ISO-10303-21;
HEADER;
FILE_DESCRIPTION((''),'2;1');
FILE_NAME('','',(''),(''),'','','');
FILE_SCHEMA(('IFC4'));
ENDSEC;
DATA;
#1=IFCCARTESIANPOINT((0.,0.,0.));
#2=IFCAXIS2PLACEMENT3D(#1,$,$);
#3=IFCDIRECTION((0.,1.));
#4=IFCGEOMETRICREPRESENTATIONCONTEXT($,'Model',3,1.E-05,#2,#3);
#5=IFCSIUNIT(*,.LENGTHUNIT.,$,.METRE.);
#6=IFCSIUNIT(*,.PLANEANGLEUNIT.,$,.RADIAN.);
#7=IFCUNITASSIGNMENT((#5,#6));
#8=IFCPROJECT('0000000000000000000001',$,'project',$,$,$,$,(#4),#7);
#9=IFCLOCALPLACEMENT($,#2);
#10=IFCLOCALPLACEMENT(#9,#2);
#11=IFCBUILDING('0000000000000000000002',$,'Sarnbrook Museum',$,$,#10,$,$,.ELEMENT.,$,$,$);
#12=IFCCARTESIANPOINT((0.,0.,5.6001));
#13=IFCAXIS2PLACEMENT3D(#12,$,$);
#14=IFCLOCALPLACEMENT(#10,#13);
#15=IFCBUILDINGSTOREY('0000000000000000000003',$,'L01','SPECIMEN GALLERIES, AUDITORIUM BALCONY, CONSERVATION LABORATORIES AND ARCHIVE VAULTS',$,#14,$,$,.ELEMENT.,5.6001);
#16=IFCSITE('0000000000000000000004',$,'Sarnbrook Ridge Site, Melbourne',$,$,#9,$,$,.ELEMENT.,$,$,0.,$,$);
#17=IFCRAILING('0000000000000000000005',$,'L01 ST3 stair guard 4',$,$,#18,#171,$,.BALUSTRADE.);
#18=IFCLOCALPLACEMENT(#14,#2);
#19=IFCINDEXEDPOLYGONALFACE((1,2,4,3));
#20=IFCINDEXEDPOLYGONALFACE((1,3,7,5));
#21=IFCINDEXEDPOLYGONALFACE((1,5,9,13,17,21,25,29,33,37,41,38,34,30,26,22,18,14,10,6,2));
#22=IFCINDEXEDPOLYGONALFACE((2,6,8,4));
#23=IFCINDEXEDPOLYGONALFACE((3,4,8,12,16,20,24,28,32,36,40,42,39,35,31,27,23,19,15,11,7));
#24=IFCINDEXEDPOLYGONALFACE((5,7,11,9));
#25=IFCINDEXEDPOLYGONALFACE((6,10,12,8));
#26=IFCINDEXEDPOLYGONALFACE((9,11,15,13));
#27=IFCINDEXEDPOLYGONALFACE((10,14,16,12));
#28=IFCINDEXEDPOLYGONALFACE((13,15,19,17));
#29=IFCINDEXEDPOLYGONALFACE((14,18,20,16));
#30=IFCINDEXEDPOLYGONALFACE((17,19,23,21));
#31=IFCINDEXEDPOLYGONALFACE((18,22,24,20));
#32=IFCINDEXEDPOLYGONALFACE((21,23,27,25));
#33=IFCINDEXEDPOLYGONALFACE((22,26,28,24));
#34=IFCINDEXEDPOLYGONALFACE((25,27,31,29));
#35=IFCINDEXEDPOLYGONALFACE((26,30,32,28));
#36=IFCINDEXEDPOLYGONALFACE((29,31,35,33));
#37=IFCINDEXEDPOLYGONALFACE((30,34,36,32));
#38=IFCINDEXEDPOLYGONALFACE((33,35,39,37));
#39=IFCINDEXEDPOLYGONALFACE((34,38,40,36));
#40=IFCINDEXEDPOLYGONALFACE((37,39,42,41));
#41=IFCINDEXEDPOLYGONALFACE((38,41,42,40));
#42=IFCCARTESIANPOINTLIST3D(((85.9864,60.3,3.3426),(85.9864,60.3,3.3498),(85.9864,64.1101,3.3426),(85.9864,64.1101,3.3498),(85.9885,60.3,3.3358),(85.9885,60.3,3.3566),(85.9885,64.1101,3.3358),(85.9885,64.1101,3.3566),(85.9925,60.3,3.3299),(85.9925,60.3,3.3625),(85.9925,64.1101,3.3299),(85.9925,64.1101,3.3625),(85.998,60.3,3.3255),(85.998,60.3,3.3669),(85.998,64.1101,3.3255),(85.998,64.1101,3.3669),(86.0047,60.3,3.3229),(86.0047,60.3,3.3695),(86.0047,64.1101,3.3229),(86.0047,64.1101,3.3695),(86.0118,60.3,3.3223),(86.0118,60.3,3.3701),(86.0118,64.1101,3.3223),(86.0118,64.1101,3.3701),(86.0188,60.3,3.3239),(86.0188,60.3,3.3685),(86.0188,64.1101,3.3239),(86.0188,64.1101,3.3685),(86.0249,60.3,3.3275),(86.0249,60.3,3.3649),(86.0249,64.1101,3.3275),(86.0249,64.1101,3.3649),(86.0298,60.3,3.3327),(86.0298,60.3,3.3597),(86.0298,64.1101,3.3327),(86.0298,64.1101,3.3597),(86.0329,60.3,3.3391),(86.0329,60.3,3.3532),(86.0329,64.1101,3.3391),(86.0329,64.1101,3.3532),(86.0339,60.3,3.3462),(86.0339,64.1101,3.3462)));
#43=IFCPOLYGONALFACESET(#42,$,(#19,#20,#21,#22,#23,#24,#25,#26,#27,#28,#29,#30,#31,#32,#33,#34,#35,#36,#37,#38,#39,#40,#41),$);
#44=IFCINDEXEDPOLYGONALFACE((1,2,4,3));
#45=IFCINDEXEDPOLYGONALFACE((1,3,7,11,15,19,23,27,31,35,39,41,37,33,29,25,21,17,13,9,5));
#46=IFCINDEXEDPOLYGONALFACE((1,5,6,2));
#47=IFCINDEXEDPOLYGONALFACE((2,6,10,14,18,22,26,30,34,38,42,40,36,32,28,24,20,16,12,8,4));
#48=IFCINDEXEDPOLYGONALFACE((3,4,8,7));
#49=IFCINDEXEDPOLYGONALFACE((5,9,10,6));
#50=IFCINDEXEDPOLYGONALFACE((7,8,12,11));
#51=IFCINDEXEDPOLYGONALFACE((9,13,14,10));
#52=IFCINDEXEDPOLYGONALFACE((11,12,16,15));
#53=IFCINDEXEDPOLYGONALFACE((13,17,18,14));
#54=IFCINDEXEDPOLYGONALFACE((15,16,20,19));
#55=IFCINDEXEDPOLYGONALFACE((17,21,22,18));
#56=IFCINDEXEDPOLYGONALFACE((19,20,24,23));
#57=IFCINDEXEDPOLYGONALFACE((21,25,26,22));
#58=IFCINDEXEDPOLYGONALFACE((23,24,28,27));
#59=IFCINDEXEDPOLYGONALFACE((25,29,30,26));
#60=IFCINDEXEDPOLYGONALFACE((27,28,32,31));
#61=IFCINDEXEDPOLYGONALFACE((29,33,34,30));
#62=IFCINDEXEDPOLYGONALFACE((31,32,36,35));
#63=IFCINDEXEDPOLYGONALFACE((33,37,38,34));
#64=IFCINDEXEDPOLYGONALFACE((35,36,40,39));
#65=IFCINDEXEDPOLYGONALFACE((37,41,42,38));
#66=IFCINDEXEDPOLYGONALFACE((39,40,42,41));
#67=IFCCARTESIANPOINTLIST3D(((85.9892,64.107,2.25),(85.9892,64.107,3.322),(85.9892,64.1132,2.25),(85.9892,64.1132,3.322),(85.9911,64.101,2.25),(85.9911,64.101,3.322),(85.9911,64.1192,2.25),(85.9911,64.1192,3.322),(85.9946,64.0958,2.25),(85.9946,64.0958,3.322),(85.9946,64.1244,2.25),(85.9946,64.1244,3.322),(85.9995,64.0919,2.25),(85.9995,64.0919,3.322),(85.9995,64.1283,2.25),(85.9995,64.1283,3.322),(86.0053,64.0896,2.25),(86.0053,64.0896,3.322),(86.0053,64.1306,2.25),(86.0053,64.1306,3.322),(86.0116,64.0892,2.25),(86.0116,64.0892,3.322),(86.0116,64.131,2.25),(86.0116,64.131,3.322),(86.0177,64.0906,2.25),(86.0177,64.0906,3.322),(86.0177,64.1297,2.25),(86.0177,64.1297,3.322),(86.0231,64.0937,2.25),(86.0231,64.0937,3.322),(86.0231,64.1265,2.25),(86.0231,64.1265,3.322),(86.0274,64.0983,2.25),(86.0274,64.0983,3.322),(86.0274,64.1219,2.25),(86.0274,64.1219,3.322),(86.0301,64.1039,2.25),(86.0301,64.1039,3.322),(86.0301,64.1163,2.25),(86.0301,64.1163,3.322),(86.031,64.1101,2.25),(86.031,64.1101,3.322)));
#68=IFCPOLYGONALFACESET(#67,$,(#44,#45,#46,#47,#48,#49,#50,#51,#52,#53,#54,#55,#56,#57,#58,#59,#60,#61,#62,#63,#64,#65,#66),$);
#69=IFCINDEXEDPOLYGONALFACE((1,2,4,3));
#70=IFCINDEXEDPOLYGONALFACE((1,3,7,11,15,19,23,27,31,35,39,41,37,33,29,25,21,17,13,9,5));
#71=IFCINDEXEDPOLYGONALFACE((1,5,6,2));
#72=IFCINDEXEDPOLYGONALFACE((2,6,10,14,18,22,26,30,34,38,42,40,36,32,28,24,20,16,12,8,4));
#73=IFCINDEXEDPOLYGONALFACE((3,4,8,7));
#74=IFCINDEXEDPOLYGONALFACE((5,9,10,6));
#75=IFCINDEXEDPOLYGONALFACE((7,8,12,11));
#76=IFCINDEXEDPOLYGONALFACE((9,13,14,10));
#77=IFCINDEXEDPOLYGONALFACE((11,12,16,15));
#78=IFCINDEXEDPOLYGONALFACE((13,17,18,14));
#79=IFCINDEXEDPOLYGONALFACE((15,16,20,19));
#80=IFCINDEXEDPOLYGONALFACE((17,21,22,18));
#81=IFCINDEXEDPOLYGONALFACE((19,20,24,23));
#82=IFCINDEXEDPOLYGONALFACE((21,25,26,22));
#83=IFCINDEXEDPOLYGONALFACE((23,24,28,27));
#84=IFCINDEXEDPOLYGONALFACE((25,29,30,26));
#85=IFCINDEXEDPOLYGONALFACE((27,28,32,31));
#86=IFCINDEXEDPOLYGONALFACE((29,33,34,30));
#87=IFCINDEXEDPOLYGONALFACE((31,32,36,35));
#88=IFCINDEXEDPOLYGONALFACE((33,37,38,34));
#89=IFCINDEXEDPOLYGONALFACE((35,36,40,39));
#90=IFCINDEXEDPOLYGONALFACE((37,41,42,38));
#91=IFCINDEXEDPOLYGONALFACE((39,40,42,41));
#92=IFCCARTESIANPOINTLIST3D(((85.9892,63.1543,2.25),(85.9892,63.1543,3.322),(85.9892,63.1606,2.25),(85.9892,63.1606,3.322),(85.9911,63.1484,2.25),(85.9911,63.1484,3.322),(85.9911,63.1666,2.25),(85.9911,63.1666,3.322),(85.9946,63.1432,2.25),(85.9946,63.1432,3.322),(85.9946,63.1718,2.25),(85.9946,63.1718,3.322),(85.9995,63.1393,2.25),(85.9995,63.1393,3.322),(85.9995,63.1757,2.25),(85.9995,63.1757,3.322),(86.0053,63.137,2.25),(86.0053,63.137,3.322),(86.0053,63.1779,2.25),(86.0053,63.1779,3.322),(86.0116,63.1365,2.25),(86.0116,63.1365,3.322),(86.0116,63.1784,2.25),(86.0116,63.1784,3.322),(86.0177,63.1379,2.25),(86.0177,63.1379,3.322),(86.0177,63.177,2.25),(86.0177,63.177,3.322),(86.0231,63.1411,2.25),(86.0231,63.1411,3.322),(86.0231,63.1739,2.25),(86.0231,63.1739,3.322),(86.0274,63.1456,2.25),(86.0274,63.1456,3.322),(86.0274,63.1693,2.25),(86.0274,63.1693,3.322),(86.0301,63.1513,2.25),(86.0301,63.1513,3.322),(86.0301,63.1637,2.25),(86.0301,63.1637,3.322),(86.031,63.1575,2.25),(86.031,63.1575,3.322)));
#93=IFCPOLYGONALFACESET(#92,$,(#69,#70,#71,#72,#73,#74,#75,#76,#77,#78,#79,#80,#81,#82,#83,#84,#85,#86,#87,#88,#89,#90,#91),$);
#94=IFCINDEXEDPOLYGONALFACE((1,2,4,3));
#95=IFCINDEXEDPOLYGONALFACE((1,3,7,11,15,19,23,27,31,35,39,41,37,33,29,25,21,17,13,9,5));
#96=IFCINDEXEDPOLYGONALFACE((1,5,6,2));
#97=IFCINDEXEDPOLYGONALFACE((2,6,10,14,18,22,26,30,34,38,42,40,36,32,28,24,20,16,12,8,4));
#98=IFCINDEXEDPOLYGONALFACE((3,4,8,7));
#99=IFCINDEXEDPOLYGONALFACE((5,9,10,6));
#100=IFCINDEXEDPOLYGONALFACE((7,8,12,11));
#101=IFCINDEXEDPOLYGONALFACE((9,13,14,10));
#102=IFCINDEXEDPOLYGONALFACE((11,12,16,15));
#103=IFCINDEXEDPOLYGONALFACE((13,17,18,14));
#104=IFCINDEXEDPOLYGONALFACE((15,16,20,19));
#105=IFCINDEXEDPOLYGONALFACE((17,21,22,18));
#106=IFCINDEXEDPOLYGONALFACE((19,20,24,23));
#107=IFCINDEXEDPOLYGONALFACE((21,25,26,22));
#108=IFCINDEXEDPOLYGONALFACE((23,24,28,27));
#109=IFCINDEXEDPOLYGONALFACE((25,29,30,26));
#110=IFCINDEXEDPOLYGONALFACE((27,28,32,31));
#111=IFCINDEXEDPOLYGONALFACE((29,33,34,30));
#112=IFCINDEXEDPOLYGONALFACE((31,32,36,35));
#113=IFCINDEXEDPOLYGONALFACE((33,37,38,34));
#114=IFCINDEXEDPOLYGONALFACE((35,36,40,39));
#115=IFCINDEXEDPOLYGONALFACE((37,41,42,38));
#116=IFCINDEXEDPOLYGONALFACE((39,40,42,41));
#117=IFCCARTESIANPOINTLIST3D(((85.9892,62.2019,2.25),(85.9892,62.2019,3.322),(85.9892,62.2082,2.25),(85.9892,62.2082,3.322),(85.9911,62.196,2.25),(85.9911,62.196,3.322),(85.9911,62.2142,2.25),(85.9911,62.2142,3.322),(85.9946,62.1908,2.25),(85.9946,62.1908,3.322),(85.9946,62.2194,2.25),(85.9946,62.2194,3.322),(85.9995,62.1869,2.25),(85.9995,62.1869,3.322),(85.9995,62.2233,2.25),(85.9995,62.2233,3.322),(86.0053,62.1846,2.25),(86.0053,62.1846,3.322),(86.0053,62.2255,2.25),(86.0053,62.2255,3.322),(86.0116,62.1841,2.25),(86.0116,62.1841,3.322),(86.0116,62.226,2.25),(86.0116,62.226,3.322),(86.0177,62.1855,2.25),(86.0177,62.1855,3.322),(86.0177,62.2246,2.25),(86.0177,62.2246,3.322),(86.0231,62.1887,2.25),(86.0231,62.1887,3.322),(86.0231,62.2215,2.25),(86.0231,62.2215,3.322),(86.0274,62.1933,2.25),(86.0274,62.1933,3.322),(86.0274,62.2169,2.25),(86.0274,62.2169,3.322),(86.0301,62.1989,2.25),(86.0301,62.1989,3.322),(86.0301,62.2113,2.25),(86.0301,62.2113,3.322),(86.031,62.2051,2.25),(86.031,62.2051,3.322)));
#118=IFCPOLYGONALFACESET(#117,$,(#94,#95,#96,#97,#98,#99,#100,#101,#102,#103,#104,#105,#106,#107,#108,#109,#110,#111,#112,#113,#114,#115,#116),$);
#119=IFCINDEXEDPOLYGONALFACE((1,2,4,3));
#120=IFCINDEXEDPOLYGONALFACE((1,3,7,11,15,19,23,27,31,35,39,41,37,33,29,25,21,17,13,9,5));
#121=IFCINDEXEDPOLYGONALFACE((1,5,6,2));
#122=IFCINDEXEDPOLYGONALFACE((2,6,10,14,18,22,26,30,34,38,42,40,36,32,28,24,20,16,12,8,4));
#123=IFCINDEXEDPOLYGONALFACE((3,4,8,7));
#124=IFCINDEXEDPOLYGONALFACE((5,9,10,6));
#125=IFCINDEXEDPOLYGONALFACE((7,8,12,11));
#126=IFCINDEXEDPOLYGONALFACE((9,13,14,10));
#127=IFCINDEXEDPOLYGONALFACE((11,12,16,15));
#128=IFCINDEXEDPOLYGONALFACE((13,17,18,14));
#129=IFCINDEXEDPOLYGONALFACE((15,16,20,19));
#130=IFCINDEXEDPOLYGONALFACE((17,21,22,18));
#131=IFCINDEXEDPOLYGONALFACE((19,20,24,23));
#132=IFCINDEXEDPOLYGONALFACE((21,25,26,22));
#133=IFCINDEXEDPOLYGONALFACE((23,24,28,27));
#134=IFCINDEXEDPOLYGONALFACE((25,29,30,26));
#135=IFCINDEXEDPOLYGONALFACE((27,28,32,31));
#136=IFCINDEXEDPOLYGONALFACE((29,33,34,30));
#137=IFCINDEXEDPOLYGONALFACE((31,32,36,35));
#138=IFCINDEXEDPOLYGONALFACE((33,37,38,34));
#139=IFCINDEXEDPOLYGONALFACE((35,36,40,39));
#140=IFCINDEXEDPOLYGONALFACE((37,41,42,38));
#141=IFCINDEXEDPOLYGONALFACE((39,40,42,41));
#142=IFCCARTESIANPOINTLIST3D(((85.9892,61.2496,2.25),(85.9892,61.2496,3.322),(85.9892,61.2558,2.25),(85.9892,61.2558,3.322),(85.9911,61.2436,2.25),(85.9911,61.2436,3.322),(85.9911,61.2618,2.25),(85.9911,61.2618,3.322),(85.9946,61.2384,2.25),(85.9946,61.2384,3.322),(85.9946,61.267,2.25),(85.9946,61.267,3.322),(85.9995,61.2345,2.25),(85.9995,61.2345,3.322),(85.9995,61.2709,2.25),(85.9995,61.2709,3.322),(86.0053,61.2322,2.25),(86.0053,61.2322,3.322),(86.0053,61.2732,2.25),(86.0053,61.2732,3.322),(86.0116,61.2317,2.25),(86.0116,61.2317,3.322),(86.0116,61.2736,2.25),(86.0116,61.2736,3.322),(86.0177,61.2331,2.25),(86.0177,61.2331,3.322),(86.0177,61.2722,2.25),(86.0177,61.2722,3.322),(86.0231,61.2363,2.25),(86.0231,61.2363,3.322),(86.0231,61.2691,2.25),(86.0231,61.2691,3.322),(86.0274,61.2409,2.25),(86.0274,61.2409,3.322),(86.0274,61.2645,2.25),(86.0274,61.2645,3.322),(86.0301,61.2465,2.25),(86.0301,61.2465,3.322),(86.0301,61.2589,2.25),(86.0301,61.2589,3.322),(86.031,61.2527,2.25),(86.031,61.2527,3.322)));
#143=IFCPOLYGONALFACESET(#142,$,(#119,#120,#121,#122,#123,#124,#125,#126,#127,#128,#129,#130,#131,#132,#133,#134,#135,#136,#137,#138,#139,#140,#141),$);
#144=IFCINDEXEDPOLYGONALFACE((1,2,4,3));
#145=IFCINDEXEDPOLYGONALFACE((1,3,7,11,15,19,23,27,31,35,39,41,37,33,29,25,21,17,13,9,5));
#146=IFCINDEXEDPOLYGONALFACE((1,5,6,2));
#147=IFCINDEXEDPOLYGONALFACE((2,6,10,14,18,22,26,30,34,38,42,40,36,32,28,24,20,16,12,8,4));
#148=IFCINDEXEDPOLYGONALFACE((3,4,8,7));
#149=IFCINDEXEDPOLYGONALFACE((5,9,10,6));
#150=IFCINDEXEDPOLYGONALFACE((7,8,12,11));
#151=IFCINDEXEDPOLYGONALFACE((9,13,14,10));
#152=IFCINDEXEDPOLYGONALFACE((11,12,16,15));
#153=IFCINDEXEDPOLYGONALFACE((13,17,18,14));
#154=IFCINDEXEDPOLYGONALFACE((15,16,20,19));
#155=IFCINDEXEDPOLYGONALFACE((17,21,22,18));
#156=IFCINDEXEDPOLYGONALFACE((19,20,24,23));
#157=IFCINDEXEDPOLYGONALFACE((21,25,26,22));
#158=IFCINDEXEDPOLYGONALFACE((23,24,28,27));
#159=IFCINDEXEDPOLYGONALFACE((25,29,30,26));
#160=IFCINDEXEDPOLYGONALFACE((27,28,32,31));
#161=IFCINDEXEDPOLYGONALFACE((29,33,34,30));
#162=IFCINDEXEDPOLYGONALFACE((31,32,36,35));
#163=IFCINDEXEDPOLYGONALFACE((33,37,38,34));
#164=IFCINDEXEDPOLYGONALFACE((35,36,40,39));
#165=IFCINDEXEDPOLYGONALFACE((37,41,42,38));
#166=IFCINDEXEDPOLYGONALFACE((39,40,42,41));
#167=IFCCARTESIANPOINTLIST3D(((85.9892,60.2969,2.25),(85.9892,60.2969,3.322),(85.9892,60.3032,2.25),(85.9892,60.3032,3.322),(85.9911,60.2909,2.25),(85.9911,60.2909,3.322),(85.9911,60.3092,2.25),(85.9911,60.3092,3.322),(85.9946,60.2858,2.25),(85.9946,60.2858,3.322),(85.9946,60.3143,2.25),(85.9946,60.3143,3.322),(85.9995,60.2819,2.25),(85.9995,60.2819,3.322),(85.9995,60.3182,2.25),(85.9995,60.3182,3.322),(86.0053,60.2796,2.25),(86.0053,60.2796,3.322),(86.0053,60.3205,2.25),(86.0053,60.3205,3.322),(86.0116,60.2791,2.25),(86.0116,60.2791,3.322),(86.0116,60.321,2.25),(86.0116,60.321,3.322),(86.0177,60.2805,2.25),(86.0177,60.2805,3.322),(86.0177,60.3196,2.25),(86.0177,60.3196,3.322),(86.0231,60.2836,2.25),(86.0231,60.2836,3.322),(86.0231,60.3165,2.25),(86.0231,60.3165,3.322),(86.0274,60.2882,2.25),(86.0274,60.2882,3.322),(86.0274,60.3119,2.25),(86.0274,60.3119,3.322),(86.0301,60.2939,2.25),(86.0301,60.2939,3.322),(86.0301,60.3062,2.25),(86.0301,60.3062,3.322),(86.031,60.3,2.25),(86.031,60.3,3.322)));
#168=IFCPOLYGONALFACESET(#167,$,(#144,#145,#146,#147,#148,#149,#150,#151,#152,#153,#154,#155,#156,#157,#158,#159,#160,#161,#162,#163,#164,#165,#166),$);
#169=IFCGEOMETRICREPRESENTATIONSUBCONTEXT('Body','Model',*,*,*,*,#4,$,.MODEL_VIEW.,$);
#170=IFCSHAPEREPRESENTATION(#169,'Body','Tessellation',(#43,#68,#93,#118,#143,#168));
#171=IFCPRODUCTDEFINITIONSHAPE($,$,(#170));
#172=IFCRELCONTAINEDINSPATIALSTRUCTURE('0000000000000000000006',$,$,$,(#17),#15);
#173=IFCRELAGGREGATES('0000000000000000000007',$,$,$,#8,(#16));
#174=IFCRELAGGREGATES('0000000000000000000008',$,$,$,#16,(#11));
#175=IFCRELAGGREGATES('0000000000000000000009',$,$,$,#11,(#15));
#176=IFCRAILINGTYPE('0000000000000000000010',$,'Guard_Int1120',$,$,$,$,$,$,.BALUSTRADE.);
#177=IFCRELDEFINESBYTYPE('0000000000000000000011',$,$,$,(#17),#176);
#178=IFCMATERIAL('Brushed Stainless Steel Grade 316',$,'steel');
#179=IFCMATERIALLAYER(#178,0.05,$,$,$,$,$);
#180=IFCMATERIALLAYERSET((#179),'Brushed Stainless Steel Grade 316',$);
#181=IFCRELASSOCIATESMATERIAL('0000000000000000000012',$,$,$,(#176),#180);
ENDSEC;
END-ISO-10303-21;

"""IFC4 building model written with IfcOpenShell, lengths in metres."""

from ifc_helpers import new_model, si_unit, direction, frame, origin, origin_2d, place, context, subcontext, project, spatial, circle, extrude, material, layer, layer_set, type_object, element, save


model = new_model("IFC4")

# Units and contexts
model_context = context("Model", 3, precision=1e-05, world=origin(), true_north=direction((0.0, 1.0)))
body_context = subcontext(model_context, "Body", "Model", "MODEL_VIEW")
ifc_project = project(units=[si_unit("LENGTHUNIT", "METRE"), si_unit("PLANEANGLEUNIT", "RADIAN")], contexts=[model_context])

# Site, building, storey
site_placement = place(None, origin())
site = spatial("IfcSite", under=ifc_project, at=site_placement, Name="Sarnbrook Ridge Site, Melbourne", CompositionType="ELEMENT", RefElevation=0.0)
building_placement = place(site_placement, origin())
building = spatial("IfcBuilding", under=site, at=building_placement, Name="Sarnbrook Museum", CompositionType="ELEMENT")
storey_placement = place(building_placement, frame((0.0, 0.0, 5.6001)))
storey = spatial("IfcBuildingStorey", under=building, at=storey_placement, Name="L01", Description="SPECIMEN GALLERIES, AUDITORIUM BALCONY, CONSERVATION LABORATORIES AND ARCHIVE VAULTS", CompositionType="ELEMENT", Elevation=5.6001)

# Shared definitions
ifc_material_1 = material(Name="Brushed Stainless Steel Grade 316", Category="steel")

# Railing
ifc_layer_1 = layer(ifc_material_1, 0.05)
ifc_layer_set_1 = layer_set([ifc_layer_1], Name="Brushed Stainless Steel Grade 316")
railing_type_1 = type_object("IfcRailingType", Name="Guard_Int1120", PredefinedType="BALUSTRADE", material=ifc_layer_set_1)
for number, where, name in (
    (1, (86.01, 64.1101, 2.25), "L01 ST3 stair guard 4"),
):
    element("IfcRailing", number, at=place(storey_placement, frame(where)), inside=storey, type_object=railing_type_1, Name=name, PredefinedType="BALUSTRADE", context=body_context, shape_type="SweptSolid", body=[
        extrude(circle(Radius=0.0239, at=origin_2d()), frame((0.0, 0.0, 1.0962), z_axis=(0.0, -1.0, 0.0), x_axis=(1.0, 0.0, 0.0)), (0.0, 0.0, 1.0), 3.8101),
        extrude(circle(Radius=0.021, at=origin_2d()), origin(), (0.0, 0.0, 1.0), 1.072),
        extrude(circle(Radius=0.021, at=origin_2d()), frame((0.0, -0.9526, 0.0)), (0.0, 0.0, 1.0), 1.072),
        extrude(circle(Radius=0.021, at=origin_2d()), frame((0.0, -1.905, 0.0)), (0.0, 0.0, 1.0), 1.072),
        extrude(circle(Radius=0.021, at=origin_2d()), frame((0.0, -2.8574, 0.0)), (0.0, 0.0, 1.0), 1.072),
        extrude(circle(Radius=0.021, at=origin_2d()), frame((0.0, -3.8101, 0.0)), (0.0, 0.0, 1.0), 1.072),
    ])

save(model, "model.ifc")
